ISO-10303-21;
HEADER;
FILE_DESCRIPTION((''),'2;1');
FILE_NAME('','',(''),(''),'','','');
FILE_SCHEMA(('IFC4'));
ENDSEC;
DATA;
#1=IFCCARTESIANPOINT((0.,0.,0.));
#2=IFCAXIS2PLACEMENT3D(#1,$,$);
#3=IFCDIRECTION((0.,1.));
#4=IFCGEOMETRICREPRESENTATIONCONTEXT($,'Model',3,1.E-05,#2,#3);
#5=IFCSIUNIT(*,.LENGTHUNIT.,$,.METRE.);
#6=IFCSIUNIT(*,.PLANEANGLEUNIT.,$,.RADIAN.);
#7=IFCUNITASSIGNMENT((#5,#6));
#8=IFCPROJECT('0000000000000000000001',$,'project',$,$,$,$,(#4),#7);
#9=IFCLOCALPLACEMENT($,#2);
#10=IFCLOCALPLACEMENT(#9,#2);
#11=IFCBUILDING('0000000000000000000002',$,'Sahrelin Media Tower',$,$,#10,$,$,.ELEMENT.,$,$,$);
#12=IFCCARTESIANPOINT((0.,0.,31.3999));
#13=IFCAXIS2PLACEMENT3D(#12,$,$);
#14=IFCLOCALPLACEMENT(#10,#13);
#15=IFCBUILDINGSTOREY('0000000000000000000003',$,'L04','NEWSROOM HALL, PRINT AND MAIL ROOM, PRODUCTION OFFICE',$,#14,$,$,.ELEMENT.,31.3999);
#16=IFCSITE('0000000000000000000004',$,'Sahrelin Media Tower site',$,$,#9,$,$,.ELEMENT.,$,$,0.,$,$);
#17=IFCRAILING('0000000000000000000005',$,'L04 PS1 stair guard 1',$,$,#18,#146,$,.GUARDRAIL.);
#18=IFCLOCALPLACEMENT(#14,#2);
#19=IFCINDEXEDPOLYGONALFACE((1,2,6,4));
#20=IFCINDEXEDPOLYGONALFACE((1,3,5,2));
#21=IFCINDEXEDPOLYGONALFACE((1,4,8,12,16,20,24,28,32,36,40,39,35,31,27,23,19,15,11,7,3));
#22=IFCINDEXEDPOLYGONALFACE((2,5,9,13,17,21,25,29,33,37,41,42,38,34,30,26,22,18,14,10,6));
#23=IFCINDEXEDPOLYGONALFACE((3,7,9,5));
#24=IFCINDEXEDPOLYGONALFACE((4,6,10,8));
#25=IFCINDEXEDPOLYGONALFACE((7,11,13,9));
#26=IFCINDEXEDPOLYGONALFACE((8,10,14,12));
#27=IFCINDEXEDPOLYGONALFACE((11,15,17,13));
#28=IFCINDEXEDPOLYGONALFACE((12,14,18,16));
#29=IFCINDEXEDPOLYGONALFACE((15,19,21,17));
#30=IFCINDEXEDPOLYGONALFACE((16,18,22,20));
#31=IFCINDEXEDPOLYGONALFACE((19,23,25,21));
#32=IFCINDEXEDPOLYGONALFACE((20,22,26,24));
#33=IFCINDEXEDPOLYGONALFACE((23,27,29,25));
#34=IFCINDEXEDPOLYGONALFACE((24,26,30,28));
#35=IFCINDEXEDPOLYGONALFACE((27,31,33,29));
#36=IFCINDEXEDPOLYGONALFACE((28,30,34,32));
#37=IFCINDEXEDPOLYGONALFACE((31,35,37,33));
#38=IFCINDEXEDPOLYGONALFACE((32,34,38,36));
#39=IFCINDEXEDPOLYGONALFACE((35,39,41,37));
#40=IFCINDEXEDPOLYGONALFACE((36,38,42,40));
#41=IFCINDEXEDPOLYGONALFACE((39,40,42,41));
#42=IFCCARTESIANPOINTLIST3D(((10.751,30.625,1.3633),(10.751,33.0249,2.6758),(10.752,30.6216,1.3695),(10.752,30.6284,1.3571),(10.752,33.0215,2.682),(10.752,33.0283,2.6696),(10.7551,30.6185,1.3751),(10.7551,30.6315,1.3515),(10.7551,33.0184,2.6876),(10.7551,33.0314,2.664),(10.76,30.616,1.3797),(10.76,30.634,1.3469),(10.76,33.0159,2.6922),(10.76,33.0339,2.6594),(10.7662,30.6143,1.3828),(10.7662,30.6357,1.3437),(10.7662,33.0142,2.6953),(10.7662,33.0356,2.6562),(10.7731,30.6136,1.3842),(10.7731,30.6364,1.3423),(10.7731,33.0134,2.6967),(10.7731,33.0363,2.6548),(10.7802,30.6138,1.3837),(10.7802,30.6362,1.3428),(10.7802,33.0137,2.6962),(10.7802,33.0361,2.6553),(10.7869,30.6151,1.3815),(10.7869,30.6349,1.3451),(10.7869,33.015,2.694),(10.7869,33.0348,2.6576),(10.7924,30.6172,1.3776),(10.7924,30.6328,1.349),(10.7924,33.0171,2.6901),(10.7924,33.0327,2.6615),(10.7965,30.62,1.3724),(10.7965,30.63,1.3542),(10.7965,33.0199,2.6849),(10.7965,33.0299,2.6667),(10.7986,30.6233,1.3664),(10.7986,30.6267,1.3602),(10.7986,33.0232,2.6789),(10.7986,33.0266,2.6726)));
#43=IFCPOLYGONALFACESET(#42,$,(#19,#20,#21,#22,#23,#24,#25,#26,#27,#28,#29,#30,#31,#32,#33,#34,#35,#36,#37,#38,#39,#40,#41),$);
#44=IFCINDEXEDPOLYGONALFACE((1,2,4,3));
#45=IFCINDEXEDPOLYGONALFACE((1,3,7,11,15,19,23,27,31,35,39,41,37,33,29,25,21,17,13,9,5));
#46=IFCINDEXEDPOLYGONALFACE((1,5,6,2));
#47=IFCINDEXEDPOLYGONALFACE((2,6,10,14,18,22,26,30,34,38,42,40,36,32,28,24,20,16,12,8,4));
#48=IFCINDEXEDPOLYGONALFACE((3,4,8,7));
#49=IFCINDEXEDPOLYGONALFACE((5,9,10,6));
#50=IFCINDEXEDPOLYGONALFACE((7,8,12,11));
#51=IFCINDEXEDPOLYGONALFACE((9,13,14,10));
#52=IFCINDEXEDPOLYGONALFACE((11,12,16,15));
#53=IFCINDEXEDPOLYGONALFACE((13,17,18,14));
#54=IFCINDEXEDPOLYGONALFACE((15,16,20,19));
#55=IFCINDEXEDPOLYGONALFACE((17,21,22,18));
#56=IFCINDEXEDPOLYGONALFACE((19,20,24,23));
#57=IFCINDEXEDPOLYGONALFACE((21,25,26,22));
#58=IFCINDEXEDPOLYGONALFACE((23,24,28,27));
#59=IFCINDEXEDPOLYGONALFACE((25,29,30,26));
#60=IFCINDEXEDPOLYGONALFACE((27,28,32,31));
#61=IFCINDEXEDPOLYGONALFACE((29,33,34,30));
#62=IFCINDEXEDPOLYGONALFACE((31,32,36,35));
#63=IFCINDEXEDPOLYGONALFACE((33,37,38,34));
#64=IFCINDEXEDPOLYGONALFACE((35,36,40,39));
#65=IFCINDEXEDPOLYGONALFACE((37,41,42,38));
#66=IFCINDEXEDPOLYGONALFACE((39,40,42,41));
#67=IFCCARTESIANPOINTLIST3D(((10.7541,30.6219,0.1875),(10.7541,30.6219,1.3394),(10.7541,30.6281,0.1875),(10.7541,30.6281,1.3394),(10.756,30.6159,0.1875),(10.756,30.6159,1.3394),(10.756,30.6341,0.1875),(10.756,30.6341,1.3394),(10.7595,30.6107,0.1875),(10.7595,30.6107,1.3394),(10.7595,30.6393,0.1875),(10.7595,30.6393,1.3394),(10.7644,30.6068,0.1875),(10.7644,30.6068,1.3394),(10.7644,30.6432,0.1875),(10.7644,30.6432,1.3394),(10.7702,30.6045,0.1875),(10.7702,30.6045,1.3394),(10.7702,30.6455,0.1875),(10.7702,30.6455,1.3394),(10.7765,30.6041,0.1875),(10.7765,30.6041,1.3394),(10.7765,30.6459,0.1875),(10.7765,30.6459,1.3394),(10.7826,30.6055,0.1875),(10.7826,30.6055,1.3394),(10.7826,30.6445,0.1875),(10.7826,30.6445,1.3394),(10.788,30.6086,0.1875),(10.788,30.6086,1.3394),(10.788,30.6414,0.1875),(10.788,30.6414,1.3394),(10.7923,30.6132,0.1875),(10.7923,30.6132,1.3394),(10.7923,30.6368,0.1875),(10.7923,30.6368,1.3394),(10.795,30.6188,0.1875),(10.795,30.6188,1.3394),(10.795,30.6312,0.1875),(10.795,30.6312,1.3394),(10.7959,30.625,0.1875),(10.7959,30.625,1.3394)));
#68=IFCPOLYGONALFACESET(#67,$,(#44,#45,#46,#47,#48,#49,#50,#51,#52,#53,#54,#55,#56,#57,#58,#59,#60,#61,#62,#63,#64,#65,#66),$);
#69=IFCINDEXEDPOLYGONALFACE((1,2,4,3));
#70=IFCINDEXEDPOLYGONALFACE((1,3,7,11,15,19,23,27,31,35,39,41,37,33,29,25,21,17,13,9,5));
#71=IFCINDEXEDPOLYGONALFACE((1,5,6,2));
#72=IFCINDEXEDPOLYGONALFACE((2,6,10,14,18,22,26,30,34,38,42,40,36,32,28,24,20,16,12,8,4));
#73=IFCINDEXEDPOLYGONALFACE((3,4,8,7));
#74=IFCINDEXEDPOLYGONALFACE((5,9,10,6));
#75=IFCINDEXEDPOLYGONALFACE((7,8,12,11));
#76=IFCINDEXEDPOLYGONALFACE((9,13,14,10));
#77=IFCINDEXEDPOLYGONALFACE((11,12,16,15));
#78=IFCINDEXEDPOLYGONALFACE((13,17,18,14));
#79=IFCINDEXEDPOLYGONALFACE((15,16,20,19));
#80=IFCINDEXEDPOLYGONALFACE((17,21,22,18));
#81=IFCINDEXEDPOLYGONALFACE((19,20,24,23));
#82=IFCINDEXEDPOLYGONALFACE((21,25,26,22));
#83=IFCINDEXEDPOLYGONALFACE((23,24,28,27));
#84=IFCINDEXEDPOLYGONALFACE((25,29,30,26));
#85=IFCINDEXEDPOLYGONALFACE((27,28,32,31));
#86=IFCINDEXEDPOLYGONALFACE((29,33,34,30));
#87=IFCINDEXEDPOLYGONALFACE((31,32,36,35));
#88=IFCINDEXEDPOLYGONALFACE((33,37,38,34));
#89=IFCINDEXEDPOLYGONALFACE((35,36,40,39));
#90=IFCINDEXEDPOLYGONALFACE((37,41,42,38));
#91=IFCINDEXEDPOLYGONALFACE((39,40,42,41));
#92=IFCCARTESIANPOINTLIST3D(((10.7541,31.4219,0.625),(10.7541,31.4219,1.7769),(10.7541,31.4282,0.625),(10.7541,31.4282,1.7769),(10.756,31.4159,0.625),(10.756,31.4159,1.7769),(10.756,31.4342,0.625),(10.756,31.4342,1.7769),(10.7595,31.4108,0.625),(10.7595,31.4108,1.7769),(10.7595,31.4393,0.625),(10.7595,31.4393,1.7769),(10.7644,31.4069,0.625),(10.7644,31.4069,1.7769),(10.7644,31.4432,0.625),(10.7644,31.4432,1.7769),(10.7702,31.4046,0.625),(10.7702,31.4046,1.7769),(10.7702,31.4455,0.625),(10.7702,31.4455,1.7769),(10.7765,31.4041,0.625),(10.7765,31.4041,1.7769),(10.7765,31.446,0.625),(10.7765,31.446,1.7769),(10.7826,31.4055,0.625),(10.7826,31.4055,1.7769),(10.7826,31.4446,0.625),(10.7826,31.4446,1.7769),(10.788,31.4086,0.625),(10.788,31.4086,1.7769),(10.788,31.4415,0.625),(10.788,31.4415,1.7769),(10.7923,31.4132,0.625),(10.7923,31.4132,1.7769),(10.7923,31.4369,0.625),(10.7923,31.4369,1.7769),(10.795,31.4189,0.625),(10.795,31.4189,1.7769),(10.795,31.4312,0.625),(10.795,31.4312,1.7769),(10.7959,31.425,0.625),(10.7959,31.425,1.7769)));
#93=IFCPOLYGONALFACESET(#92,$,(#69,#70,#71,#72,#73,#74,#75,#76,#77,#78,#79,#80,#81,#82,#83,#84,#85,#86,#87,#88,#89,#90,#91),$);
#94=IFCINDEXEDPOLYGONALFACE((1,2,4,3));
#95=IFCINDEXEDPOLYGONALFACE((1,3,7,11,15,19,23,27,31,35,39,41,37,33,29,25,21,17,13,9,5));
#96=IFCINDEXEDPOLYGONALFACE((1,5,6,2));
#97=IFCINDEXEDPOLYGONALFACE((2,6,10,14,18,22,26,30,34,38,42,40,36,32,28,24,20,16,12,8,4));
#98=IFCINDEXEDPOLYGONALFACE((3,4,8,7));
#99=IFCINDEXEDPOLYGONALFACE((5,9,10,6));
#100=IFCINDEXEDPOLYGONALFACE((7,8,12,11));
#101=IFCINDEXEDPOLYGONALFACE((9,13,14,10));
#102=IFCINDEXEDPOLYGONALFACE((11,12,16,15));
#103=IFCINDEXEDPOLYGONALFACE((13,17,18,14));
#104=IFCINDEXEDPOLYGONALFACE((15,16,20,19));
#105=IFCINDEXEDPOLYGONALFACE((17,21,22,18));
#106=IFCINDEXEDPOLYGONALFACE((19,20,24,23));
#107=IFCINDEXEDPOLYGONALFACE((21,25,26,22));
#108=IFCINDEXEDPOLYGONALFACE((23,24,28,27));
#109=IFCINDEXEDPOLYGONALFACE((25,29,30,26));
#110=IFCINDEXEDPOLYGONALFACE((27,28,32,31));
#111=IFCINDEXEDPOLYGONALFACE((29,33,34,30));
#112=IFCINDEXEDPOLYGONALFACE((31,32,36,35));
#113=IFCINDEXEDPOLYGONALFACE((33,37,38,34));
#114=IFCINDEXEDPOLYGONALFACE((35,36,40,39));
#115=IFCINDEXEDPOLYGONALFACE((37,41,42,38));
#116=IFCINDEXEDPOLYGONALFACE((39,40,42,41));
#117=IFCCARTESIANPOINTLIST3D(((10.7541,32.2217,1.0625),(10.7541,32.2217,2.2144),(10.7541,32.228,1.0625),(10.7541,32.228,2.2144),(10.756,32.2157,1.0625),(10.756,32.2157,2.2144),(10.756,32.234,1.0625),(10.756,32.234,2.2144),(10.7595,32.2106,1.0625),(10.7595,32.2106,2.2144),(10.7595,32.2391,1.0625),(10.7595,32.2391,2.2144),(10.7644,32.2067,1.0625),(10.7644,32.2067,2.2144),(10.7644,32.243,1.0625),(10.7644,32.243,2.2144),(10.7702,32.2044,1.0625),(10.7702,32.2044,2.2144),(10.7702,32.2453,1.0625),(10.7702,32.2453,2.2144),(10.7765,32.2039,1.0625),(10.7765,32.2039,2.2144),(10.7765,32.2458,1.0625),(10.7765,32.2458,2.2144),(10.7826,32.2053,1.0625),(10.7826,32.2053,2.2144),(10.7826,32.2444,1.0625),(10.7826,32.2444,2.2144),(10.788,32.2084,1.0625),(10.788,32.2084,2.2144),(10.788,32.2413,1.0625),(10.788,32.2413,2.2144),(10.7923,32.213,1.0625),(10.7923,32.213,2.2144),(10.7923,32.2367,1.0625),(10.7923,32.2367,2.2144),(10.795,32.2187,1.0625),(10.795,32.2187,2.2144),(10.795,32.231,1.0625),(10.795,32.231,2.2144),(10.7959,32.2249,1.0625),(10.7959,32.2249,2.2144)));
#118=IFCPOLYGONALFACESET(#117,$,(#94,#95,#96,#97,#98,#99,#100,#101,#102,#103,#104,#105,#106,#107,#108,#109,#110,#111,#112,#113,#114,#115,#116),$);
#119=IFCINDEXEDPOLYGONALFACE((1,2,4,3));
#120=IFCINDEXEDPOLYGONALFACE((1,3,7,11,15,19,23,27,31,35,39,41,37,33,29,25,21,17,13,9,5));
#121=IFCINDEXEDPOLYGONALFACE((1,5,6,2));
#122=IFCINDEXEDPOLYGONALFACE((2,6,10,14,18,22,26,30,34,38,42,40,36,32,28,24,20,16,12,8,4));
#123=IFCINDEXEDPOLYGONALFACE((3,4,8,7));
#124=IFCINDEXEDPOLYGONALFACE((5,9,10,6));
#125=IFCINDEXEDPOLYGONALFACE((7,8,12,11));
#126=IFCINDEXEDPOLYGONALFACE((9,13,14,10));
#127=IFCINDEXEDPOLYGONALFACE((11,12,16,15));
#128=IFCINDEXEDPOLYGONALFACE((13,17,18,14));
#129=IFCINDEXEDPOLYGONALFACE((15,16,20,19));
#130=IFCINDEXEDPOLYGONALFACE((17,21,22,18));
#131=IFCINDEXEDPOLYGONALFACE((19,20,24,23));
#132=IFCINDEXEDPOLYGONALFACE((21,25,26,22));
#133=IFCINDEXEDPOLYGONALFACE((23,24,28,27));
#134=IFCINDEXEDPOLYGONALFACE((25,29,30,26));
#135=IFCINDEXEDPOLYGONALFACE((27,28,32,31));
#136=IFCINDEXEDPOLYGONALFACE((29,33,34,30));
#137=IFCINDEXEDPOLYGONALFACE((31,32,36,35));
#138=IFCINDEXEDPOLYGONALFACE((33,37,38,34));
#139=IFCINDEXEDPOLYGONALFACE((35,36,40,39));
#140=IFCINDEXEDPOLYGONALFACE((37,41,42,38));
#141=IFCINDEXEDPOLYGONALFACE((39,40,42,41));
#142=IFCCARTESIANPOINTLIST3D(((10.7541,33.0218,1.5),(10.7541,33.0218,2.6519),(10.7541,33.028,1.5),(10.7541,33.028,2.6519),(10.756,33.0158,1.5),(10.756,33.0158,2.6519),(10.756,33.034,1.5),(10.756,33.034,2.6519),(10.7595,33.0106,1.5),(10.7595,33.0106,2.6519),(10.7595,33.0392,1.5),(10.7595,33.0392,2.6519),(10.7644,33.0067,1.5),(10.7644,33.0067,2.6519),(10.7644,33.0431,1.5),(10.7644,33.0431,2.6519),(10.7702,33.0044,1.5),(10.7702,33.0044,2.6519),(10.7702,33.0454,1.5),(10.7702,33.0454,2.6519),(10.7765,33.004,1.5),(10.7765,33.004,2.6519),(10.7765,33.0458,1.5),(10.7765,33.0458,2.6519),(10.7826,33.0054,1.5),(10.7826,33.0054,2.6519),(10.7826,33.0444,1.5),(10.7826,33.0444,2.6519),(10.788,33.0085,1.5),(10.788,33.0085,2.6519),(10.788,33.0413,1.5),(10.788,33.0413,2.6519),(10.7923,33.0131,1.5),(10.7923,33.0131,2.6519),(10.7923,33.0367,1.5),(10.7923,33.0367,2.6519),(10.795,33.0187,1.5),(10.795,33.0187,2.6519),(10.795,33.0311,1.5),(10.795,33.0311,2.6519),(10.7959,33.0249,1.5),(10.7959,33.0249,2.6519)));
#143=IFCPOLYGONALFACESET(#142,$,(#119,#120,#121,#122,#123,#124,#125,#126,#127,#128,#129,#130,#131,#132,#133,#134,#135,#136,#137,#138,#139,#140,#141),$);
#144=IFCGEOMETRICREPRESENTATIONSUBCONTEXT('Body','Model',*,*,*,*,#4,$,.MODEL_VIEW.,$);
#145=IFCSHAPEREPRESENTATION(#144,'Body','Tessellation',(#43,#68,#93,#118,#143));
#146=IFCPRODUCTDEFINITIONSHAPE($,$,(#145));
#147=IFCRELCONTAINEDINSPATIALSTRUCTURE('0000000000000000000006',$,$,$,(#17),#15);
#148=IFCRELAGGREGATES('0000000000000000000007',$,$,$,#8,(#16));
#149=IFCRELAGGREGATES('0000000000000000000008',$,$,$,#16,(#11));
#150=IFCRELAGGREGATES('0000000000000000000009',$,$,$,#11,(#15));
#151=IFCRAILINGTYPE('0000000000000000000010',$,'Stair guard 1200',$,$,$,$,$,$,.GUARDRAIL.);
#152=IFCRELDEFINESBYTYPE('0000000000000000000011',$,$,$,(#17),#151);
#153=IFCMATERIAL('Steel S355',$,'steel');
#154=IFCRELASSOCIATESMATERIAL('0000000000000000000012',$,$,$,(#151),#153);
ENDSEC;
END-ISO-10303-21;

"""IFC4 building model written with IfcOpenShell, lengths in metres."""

from ifc_helpers import new_model, si_unit, direction, frame, origin, origin_2d, place, context, subcontext, project, spatial, circle, extrude, material, type_object, element, save


model = new_model("IFC4")

# Units and contexts
model_context = context("Model", 3, precision=1e-05, world=origin(), true_north=direction((0.0, 1.0)))
body_context = subcontext(model_context, "Body", "Model", "MODEL_VIEW")
ifc_project = project(units=[si_unit("LENGTHUNIT", "METRE"), si_unit("PLANEANGLEUNIT", "RADIAN")], contexts=[model_context])

# Site, building, storey
site_placement = place(None, origin())
site = spatial("IfcSite", under=ifc_project, at=site_placement, Name="Sahrelin Media Tower site", CompositionType="ELEMENT", RefElevation=0.0)
building_placement = place(site_placement, origin())
building = spatial("IfcBuilding", under=site, at=building_placement, Name="Sahrelin Media Tower", CompositionType="ELEMENT")
storey_placement = place(building_placement, frame((0.0, 0.0, 31.3999)))
storey = spatial("IfcBuildingStorey", under=building, at=storey_placement, Name="L04", Description="NEWSROOM HALL, PRINT AND MAIL ROOM, PRODUCTION OFFICE", CompositionType="ELEMENT", Elevation=31.3999)

# Shared definitions
ifc_material_1 = material(Name="Steel S355", Category="steel")

# Railing
railing_type_1 = type_object("IfcRailingType", Name="Stair guard 1200", PredefinedType="GUARDRAIL", material=ifc_material_1)
railing_1_placement = place(storey_placement, frame((10.7749, 30.625, 0.1875)))
element("IfcRailing", 1, at=railing_1_placement, inside=storey, type_object=railing_type_1, Name="L04 PS1 stair guard 1", PredefinedType="GUARDRAIL", context=body_context, shape_type="SweptSolid", body=[
    extrude(circle(Radius=0.0239, at=origin_2d()), frame((0.0, 0.0, 1.1758), z_axis=(0.0, 0.877363, 0.479827), x_axis=(-1.0, 0.0, 0.0)), (0.0, 0.0, 1.0), 2.7354),
    extrude(circle(Radius=0.021, at=origin_2d()), origin(), (0.0, 0.0, 1.0), 1.1519),
    extrude(circle(Radius=0.021, at=origin_2d()), frame((0.0, 0.8, 0.4375)), (0.0, 0.0, 1.0), 1.1519),
    extrude(circle(Radius=0.021, at=origin_2d()), frame((0.0, 1.5999, 0.875)), (0.0, 0.0, 1.0), 1.1519),
    extrude(circle(Radius=0.021, at=origin_2d()), frame((0.0, 2.3999, 1.3125)), (0.0, 0.0, 1.0), 1.1519),
])

save(model, "model.ifc")
